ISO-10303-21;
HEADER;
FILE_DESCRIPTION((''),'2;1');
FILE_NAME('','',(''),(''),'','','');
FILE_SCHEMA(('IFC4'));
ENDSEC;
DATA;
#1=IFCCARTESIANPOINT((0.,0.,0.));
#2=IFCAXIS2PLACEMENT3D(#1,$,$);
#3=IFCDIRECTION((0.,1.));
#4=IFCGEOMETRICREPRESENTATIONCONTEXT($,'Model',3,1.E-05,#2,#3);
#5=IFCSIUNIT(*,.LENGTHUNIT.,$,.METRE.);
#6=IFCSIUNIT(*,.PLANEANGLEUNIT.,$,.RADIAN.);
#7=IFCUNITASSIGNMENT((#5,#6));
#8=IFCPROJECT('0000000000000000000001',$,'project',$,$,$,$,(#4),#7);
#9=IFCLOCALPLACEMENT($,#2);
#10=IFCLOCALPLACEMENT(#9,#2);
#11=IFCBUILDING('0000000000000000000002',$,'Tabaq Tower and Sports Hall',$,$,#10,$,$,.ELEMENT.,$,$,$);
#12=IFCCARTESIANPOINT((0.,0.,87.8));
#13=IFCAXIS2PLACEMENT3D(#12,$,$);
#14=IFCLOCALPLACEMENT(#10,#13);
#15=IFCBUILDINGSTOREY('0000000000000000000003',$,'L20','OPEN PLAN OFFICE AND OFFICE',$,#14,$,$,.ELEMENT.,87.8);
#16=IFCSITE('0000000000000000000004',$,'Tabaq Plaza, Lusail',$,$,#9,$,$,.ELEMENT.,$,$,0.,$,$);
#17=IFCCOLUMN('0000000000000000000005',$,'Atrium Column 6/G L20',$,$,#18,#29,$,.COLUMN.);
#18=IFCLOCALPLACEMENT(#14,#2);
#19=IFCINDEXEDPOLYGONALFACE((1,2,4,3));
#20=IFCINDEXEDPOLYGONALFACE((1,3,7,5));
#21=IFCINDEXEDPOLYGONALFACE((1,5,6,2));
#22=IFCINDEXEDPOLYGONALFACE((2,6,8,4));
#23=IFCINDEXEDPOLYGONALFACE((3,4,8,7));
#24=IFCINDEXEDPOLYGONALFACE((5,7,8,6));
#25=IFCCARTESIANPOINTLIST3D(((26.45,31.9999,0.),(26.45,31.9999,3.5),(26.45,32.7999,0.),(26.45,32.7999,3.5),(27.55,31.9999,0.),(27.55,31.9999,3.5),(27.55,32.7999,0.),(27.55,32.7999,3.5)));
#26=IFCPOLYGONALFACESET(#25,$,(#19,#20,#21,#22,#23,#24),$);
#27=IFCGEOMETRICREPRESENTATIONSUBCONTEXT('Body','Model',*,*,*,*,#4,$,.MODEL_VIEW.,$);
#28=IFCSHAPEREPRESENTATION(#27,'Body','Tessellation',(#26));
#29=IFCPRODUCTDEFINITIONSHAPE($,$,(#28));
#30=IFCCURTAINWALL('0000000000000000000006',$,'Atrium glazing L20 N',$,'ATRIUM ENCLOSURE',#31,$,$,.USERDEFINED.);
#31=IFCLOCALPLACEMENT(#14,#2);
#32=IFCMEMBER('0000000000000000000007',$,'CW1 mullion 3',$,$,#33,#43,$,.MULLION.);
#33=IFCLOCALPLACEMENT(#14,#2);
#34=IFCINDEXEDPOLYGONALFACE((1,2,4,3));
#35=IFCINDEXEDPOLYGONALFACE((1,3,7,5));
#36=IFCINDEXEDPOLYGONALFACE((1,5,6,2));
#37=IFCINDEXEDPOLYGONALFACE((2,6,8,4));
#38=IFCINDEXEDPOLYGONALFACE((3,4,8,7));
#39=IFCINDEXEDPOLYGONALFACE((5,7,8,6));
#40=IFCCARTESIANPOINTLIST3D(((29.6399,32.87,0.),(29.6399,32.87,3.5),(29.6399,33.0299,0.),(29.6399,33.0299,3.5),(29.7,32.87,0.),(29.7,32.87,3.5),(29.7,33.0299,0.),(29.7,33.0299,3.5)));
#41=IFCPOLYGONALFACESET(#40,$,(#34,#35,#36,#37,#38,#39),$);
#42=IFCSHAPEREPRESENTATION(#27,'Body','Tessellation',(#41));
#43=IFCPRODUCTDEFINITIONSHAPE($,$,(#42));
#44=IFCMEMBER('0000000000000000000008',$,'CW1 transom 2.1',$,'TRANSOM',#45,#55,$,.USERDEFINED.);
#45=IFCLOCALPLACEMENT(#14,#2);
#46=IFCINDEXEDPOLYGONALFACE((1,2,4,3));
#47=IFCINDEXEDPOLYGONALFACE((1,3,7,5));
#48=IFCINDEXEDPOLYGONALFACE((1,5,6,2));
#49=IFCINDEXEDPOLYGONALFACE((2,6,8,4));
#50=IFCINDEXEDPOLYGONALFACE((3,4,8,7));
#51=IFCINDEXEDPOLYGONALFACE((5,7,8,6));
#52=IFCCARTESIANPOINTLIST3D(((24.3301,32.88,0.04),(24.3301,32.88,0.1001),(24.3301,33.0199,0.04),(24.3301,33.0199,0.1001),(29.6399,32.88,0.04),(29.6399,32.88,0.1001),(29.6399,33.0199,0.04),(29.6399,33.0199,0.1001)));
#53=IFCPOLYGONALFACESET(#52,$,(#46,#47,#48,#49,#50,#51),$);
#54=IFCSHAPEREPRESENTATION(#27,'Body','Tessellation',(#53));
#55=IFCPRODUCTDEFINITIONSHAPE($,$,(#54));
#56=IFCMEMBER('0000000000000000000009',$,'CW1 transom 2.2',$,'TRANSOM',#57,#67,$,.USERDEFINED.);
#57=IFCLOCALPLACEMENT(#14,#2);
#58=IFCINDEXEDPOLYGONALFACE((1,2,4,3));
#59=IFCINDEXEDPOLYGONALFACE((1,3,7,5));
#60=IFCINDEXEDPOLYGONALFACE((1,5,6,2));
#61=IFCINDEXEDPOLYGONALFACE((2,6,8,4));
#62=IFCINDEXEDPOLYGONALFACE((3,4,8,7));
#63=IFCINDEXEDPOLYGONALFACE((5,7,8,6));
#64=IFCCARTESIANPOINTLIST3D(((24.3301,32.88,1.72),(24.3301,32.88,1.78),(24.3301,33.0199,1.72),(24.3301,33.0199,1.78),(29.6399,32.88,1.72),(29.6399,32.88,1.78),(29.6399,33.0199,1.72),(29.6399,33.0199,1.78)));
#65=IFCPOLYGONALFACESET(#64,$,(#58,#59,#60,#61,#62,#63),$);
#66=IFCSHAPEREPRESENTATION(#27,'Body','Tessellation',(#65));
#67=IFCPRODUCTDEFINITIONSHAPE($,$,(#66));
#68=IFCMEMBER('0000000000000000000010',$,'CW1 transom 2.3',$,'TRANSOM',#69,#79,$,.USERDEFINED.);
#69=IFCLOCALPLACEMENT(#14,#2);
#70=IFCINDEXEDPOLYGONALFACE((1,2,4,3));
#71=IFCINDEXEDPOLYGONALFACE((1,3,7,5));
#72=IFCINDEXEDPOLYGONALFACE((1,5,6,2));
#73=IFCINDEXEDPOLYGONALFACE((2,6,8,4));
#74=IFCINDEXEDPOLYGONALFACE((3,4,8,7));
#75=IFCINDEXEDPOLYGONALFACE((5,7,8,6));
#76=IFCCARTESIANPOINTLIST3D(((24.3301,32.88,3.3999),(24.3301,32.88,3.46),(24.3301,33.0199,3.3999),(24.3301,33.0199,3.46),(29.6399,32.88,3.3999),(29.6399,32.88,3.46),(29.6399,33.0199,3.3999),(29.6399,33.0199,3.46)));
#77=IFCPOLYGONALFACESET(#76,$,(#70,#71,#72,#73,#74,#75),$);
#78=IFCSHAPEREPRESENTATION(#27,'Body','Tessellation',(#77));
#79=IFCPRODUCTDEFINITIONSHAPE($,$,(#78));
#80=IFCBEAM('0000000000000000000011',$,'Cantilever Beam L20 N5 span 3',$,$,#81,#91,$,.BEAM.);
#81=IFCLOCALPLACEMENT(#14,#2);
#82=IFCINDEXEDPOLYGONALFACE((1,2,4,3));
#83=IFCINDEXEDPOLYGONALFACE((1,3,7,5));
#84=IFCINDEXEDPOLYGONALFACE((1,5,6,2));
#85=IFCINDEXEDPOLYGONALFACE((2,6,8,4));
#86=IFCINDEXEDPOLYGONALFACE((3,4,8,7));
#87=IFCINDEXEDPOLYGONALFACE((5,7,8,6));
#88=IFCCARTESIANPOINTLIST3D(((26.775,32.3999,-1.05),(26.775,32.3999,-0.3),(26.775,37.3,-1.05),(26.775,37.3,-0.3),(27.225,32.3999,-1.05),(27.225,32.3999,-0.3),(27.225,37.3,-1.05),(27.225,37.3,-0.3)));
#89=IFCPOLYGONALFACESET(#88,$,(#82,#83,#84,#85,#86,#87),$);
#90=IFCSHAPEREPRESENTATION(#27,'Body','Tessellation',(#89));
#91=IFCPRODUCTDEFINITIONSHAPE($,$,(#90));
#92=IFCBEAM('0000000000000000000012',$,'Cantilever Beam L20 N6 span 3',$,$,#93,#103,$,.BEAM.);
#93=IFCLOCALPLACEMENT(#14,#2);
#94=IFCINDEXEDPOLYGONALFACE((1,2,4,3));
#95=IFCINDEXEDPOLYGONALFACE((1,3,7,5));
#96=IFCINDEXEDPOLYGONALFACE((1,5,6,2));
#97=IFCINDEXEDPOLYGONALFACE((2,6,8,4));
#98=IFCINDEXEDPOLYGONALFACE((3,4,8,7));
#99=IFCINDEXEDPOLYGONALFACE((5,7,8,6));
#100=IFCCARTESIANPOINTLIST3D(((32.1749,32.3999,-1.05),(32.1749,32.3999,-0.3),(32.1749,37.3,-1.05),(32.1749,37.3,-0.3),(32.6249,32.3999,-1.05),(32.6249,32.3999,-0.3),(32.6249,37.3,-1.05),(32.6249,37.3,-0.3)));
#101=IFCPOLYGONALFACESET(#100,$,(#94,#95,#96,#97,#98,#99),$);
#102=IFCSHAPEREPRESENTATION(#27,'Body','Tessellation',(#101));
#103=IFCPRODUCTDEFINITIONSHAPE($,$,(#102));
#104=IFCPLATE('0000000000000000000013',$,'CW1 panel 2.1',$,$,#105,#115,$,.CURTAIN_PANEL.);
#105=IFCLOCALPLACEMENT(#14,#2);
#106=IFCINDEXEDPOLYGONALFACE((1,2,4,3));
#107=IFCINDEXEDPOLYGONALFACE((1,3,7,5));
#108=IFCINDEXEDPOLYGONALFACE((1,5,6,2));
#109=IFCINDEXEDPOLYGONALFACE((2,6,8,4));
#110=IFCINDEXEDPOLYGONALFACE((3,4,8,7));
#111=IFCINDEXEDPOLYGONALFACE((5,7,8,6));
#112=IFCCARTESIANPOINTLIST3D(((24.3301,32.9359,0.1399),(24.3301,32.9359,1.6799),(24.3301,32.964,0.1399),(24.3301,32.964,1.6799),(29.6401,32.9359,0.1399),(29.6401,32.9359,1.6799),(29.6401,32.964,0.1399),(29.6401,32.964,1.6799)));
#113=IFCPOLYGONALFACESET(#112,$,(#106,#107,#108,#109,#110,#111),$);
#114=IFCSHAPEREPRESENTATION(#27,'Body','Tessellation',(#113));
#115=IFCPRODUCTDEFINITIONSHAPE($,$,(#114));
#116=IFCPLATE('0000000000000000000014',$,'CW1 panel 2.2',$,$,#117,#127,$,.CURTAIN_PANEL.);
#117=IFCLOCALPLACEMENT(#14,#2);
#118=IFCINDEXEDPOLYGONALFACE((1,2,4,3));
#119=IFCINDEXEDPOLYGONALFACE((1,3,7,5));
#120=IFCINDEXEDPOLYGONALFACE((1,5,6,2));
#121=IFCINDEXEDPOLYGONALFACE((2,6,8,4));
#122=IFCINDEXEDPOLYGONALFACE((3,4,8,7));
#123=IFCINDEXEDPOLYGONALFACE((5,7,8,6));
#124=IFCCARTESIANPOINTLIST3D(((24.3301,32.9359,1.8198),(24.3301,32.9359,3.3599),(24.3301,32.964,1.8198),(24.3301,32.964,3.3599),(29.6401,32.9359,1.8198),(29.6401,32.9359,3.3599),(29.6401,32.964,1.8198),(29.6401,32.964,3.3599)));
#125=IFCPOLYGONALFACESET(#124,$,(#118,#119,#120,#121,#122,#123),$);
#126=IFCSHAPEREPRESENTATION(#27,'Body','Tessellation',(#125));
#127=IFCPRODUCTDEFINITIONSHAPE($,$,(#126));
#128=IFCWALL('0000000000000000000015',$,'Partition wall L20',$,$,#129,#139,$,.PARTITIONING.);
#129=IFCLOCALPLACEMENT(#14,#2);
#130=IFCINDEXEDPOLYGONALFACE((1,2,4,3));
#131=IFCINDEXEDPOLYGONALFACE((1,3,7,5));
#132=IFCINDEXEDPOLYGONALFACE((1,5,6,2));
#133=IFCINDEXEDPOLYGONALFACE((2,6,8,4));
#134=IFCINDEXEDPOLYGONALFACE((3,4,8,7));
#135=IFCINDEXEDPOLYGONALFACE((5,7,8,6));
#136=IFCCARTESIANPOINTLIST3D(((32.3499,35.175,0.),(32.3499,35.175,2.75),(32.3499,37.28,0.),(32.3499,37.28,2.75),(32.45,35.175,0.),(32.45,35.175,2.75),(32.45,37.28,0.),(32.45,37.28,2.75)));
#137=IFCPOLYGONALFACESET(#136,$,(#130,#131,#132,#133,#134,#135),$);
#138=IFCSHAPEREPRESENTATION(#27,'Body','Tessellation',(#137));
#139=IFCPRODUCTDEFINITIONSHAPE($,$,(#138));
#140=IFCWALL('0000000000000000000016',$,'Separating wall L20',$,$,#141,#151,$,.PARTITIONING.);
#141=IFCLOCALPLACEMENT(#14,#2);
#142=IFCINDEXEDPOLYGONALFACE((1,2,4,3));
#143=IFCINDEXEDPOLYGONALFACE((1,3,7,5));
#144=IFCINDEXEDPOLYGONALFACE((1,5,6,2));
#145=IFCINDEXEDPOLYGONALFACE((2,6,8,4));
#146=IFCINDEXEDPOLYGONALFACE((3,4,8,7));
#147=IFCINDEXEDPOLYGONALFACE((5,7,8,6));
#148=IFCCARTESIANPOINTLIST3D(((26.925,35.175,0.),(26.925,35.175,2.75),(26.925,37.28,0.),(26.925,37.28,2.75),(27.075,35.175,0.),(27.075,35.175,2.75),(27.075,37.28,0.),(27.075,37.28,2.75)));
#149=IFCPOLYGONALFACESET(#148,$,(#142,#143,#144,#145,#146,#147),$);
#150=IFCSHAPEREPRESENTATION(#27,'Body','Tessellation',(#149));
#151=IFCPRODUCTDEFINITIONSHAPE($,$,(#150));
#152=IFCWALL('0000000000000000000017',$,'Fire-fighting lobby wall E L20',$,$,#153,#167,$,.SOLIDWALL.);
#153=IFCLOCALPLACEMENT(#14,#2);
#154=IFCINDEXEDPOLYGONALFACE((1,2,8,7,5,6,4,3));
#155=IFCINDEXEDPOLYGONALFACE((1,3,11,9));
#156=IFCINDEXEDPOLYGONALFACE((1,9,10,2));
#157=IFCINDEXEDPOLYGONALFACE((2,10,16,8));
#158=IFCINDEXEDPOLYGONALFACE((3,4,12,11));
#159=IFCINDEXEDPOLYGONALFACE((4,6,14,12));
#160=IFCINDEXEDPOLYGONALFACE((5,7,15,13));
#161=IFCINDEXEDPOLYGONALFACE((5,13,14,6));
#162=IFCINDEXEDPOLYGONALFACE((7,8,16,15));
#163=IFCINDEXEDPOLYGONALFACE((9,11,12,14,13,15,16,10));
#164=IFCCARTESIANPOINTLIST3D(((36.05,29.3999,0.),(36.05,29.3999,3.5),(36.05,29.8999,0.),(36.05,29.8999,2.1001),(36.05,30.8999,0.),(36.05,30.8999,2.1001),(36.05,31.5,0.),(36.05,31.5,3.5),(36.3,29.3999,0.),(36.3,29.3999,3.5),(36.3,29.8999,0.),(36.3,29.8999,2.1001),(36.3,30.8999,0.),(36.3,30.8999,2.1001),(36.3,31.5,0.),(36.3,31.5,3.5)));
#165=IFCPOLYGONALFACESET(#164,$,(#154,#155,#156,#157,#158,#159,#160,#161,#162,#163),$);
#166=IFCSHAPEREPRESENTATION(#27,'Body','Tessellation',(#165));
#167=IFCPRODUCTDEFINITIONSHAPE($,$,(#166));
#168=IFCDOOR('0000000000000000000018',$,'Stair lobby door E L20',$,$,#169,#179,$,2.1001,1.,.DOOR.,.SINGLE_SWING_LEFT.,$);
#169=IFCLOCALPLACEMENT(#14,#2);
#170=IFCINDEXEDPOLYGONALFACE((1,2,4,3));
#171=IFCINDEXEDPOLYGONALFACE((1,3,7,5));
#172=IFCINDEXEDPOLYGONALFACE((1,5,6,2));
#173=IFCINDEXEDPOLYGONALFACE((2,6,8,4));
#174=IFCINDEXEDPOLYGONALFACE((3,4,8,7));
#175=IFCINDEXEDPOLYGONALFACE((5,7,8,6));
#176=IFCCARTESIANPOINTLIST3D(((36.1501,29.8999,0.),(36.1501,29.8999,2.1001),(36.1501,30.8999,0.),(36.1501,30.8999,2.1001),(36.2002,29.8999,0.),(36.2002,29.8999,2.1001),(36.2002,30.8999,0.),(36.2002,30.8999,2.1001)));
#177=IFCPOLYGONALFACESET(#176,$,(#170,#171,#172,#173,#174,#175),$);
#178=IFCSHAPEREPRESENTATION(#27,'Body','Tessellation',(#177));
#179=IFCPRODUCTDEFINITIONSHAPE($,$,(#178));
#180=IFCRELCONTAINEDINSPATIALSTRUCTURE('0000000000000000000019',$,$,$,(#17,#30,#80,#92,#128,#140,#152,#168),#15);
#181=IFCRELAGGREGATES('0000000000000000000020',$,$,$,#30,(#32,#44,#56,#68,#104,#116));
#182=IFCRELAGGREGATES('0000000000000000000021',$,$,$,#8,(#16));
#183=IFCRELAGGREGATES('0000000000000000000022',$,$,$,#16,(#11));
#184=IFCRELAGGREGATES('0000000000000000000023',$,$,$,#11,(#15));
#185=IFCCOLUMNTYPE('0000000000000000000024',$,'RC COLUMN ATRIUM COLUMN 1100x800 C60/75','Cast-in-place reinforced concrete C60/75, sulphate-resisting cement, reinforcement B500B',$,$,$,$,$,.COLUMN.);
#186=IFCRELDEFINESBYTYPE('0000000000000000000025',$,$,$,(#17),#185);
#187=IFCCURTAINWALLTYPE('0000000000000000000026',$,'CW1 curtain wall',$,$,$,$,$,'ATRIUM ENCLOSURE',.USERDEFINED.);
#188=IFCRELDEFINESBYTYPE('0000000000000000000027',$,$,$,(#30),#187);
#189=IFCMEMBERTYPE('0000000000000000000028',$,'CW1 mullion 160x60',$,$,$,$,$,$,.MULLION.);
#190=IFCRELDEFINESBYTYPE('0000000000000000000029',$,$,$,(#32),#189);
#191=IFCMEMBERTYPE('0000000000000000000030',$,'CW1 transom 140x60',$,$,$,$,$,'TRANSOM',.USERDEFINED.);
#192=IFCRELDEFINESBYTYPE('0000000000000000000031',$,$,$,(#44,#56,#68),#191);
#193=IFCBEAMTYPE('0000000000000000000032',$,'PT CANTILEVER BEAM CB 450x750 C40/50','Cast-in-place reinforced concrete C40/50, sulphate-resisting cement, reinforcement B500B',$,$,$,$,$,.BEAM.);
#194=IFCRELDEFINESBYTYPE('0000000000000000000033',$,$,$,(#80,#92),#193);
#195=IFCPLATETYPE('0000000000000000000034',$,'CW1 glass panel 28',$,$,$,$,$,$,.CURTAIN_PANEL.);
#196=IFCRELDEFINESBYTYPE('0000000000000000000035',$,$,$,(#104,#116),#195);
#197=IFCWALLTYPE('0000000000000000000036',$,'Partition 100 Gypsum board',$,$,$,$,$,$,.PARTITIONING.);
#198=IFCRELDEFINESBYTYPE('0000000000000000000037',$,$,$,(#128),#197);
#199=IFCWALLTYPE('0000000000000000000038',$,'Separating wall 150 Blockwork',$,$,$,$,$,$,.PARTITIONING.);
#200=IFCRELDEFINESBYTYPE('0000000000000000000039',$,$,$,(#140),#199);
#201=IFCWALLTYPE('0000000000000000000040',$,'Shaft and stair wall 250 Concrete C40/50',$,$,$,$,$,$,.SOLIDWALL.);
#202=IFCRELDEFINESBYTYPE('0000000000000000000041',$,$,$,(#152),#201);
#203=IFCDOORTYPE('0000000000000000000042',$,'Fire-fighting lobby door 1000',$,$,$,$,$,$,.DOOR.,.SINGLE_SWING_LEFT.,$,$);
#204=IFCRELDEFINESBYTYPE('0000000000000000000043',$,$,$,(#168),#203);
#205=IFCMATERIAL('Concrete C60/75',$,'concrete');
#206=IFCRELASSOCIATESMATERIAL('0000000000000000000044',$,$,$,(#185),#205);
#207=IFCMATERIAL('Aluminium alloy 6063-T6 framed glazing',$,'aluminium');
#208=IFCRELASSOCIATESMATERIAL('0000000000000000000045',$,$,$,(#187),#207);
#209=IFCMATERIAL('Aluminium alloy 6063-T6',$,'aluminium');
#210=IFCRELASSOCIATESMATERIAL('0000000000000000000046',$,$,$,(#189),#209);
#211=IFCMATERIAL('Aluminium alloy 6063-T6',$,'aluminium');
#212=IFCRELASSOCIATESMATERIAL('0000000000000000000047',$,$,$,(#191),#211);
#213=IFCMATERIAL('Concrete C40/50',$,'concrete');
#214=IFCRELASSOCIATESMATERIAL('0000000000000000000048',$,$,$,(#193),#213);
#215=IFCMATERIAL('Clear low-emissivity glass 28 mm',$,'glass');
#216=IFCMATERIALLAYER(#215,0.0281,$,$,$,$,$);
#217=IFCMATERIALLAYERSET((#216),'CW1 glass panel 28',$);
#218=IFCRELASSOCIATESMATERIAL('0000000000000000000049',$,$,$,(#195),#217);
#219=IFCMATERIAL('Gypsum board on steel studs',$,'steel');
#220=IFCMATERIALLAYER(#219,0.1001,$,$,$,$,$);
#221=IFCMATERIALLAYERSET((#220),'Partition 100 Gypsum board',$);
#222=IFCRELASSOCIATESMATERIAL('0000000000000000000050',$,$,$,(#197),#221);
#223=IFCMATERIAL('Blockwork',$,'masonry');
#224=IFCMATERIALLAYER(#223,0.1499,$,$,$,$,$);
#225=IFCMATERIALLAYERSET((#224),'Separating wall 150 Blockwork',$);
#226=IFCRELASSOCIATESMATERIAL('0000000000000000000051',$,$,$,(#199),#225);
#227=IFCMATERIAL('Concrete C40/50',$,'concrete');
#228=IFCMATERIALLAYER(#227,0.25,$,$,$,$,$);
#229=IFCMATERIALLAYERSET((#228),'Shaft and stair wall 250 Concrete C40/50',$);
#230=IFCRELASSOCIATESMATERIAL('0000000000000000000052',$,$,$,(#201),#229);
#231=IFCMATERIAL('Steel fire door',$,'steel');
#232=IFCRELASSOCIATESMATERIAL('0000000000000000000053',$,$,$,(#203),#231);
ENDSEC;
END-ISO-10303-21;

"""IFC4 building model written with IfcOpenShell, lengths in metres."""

from ifc_helpers import new_model, si_unit, direction, frame, frame_2d, origin, origin_2d, place, context, subcontext, project, spatial, rectangle, extrude, material, layer, layer_set, material_profile, profile_set, type_object, element, fill, aggregate, save


model = new_model("IFC4")

# Units and contexts
model_context = context("Model", 3, precision=1e-05, world=origin(), true_north=direction((0.0, 1.0)))
body_context = subcontext(model_context, "Body", "Model", "MODEL_VIEW")
ifc_project = project(units=[si_unit("LENGTHUNIT", "METRE"), si_unit("PLANEANGLEUNIT", "RADIAN")], contexts=[model_context])

# Site, building, storey
site_placement = place(None, origin())
site = spatial("IfcSite", under=ifc_project, at=site_placement, Name="Tabaq Plaza, Lusail", CompositionType="ELEMENT", RefElevation=0.0)
building_placement = place(site_placement, origin())
building = spatial("IfcBuilding", under=site, at=building_placement, Name="Tabaq Tower and Sports Hall", CompositionType="ELEMENT")
storey_placement = place(building_placement, frame((0.0, 0.0, 87.8)))
storey = spatial("IfcBuildingStorey", under=building, at=storey_placement, Name="L20", Description="OPEN PLAN OFFICE AND OFFICE", CompositionType="ELEMENT", Elevation=87.8)

# Column
ifc_material_1 = material(Name="Concrete C60/75", Category="concrete")
ifc_material_profile_1 = material_profile(ifc_material_1, rectangle(XDim=1.1001, YDim=0.8, at=origin_2d()), Name="ATRIUM COLUMN 1100x800")
ifc_profile_set_1 = profile_set([ifc_material_profile_1], Name="Concrete C60/75")
column_type = type_object("IfcColumnType", Name="RC COLUMN ATRIUM COLUMN 1100x800 C60/75", Description="Cast-in-place reinforced concrete C60/75, sulphate-resisting cement, reinforcement B500B", PredefinedType="COLUMN", material=ifc_profile_set_1)
column_placement = place(storey_placement, frame((27.0, 32.3999, 0.0), z_axis=(0.0, 0.0, 1.0), x_axis=(1.0, 0.0, 0.0)))
element("IfcColumn", 1, at=column_placement, inside=storey, type_object=column_type, Name="Atrium Column 6/G L20", PredefinedType="COLUMN", context=body_context, shape_type="SweptSolid", body=[
    extrude(rectangle(XDim=1.1001, YDim=0.8, at=origin_2d()), origin(), (0.0, 0.0, 1.0), 3.5),
])

# Curtain wall, members
ifc_material_2 = material(Name="Aluminium alloy 6063-T6 framed glazing", Category="aluminium")
curtain_wall_type = type_object("IfcCurtainWallType", Name="CW1 curtain wall", ElementType="ATRIUM ENCLOSURE", PredefinedType="USERDEFINED", material=ifc_material_2)
curtain_wall_placement = place(storey_placement, origin())
curtain_wall = element("IfcCurtainWall", 2, at=curtain_wall_placement, inside=storey, type_object=curtain_wall_type, Name="Atrium glazing L20 N", ObjectType="ATRIUM ENCLOSURE", PredefinedType="USERDEFINED")
ifc_material_3 = material(Name="Aluminium alloy 6063-T6", Category="aluminium")
ifc_material_profile_2 = material_profile(ifc_material_3, rectangle(XDim=0.1599, YDim=0.0601, at=origin_2d()), Name="MULLION 160x60")
ifc_profile_set_2 = profile_set([ifc_material_profile_2], Name="Aluminium alloy 6063-T6")
member_type_1 = type_object("IfcMemberType", Name="CW1 mullion 160x60", PredefinedType="MULLION", material=ifc_profile_set_2)
member_1_placement = place(storey_placement, frame((29.6699, 32.95, 0.0), z_axis=(0.0, 0.0, 1.0), x_axis=(0.0, 1.0, 0.0)))
member_1 = element("IfcMember", 3, at=member_1_placement, type_object=member_type_1, Name="CW1 mullion 3", PredefinedType="MULLION", context=body_context, shape_type="SweptSolid", body=[
    extrude(rectangle(XDim=0.1599, YDim=0.0601, at=origin_2d()), origin(), (0.0, 0.0, 1.0), 3.5),
])
ifc_material_4 = material(Name="Aluminium alloy 6063-T6", Category="aluminium")
ifc_material_profile_3 = material_profile(ifc_material_4, rectangle(XDim=0.1399, YDim=0.0601, at=origin_2d()), Name="TRANSOM 140x60")
ifc_profile_set_3 = profile_set([ifc_material_profile_3], Name="Aluminium alloy 6063-T6")
member_type_2 = type_object("IfcMemberType", Name="CW1 transom 140x60", ElementType="TRANSOM", PredefinedType="USERDEFINED", material=ifc_profile_set_3)
member_2_placement = place(storey_placement, frame((24.3301, 32.95, 0.0701), z_axis=(1.0, 0.0, 0.0), x_axis=(0.0, 1.0, 0.0)))
member_2 = element("IfcMember", 4, at=member_2_placement, type_object=member_type_2, Name="CW1 transom 2.1", ObjectType="TRANSOM", PredefinedType="USERDEFINED", context=body_context, shape_type="SweptSolid", body=[
    extrude(rectangle(XDim=0.1399, YDim=0.0601, at=origin_2d()), origin(), (0.0, 0.0, 1.0), 5.3098),
])
member_3_placement = place(storey_placement, frame((24.3301, 32.95, 1.75), z_axis=(1.0, 0.0, 0.0), x_axis=(0.0, 1.0, 0.0)))
member_3 = element("IfcMember", 5, at=member_3_placement, type_object=member_type_2, Name="CW1 transom 2.2", ObjectType="TRANSOM", PredefinedType="USERDEFINED", context=body_context, shape_type="SweptSolid", body=[
    extrude(rectangle(XDim=0.1399, YDim=0.0601, at=origin_2d()), origin(), (0.0, 0.0, 1.0), 5.3098),
])
member_4_placement = place(storey_placement, frame((24.3301, 32.95, 3.4299), z_axis=(1.0, 0.0, 0.0), x_axis=(0.0, 1.0, 0.0)))
member_4 = element("IfcMember", 6, at=member_4_placement, type_object=member_type_2, Name="CW1 transom 2.3", ObjectType="TRANSOM", PredefinedType="USERDEFINED", context=body_context, shape_type="SweptSolid", body=[
    extrude(rectangle(XDim=0.1399, YDim=0.0601, at=origin_2d()), origin(), (0.0, 0.0, 1.0), 5.3098),
])

# Beams
ifc_material_5 = material(Name="Concrete C40/50", Category="concrete")
ifc_material_profile_4 = material_profile(ifc_material_5, rectangle(XDim=0.45, YDim=0.75, at=origin_2d()), Name="CB 450x750")
ifc_profile_set_4 = profile_set([ifc_material_profile_4], Name="Concrete C40/50")
beam_type = type_object("IfcBeamType", Name="PT CANTILEVER BEAM CB 450x750 C40/50", Description="Cast-in-place reinforced concrete C40/50, sulphate-resisting cement, reinforcement B500B", PredefinedType="BEAM", material=ifc_profile_set_4)
for number, where, z_axis, x_axis, name in (
    (7, (27.0, 37.3, -0.675), (0.0, -1.0, 0.0), (1.0, 0.0, 0.0), "Cantilever Beam L20 N5 span 3"),
    (8, (32.3999, 37.3, -0.675), (0.0, -1.0, 0.0), (1.0, 0.0, 0.0), "Cantilever Beam L20 N6 span 3"),
):
    element("IfcBeam", number, at=place(storey_placement, frame(where, z_axis=z_axis, x_axis=x_axis)), inside=storey, type_object=beam_type, Name=name, PredefinedType="BEAM", context=body_context, shape_type="SweptSolid", body=[
        extrude(rectangle(XDim=0.45, YDim=0.75, at=origin_2d()), origin(), (0.0, 0.0, 1.0), 4.9001),
    ])

# Plates
ifc_material_6 = material(Name="Clear low-emissivity glass 28 mm", Category="glass")
ifc_layer_1 = layer(ifc_material_6, 0.0281)
ifc_layer_set_1 = layer_set([ifc_layer_1], Name="CW1 glass panel 28")
plate_type = type_object("IfcPlateType", Name="CW1 glass panel 28", PredefinedType="CURTAIN_PANEL", material=ifc_layer_set_1)
plate_1_placement = place(storey_placement, frame((26.9851, 32.95, 0.1399), z_axis=(0.0, 0.0, 1.0), x_axis=(1.0, 0.0, 0.0)))
plate_1 = element("IfcPlate", 9, at=plate_1_placement, type_object=plate_type, Name="CW1 panel 2.1", PredefinedType="CURTAIN_PANEL", context=body_context, shape_type="SweptSolid", body=[
    extrude(rectangle(XDim=5.3101, YDim=0.0281, at=origin_2d()), origin(), (0.0, 0.0, 1.0), 1.54),
])
plate_2_placement = place(storey_placement, frame((26.9851, 32.95, 1.8198), z_axis=(0.0, 0.0, 1.0), x_axis=(1.0, 0.0, 0.0)))
plate_2 = element("IfcPlate", 10, at=plate_2_placement, type_object=plate_type, Name="CW1 panel 2.2", PredefinedType="CURTAIN_PANEL", context=body_context, shape_type="SweptSolid", body=[
    extrude(rectangle(XDim=5.3101, YDim=0.0281, at=origin_2d()), origin(), (0.0, 0.0, 1.0), 1.54),
])
aggregate(curtain_wall, [member_1, member_2, member_3, member_4, plate_1, plate_2])

# Walls
ifc_material_7 = material(Name="Gypsum board on steel studs", Category="steel")
ifc_layer_2 = layer(ifc_material_7, 0.1001)
ifc_layer_set_2 = layer_set([ifc_layer_2], Name="Partition 100 Gypsum board")
wall_type_1 = type_object("IfcWallType", Name="Partition 100 Gypsum board", PredefinedType="PARTITIONING", material=ifc_layer_set_2)
wall_1_placement = place(storey_placement, frame((32.3999, 35.175, 0.0), z_axis=(0.0, 0.0, 1.0), x_axis=(0.0, 1.0, 0.0)))
element("IfcWall", 11, at=wall_1_placement, inside=storey, type_object=wall_type_1, Name="Partition wall L20", PredefinedType="PARTITIONING", context=body_context, shape_type="SweptSolid", body=[
    extrude(rectangle(XDim=2.105, YDim=0.1001, at=frame_2d((1.0525, 0.0))), origin(), (0.0, 0.0, 1.0), 2.75),
])
ifc_material_8 = material(Name="Blockwork", Category="masonry")
ifc_layer_3 = layer(ifc_material_8, 0.1499)
ifc_layer_set_3 = layer_set([ifc_layer_3], Name="Separating wall 150 Blockwork")
wall_type_2 = type_object("IfcWallType", Name="Separating wall 150 Blockwork", PredefinedType="PARTITIONING", material=ifc_layer_set_3)
wall_2_placement = place(storey_placement, frame((27.0, 35.175, 0.0), z_axis=(0.0, 0.0, 1.0), x_axis=(0.0, 1.0, 0.0)))
element("IfcWall", 12, at=wall_2_placement, inside=storey, type_object=wall_type_2, Name="Separating wall L20", PredefinedType="PARTITIONING", context=body_context, shape_type="SweptSolid", body=[
    extrude(rectangle(XDim=2.105, YDim=0.1499, at=frame_2d((1.0525, 0.0))), origin(), (0.0, 0.0, 1.0), 2.75),
])

# Wall, opening, door
ifc_material_9 = material(Name="Concrete C40/50", Category="concrete")
ifc_layer_4 = layer(ifc_material_9, 0.25)
ifc_layer_set_4 = layer_set([ifc_layer_4], Name="Shaft and stair wall 250 Concrete C40/50")
wall_type_3 = type_object("IfcWallType", Name="Shaft and stair wall 250 Concrete C40/50", PredefinedType="SOLIDWALL", material=ifc_layer_set_4)
wall_3_placement = place(storey_placement, frame((36.175, 29.3999, 0.0), z_axis=(0.0, 0.0, 1.0), x_axis=(0.0, 1.0, 0.0)))
wall_3 = element("IfcWall", 13, at=wall_3_placement, inside=storey, type_object=wall_type_3, Name="Fire-fighting lobby wall E L20", PredefinedType="SOLIDWALL", context=body_context, shape_type="SweptSolid", body=[
    extrude(rectangle(XDim=2.1001, YDim=0.25, at=frame_2d((1.05, 0.0))), origin(), (0.0, 0.0, 1.0), 3.5),
])
opening_1_placement = place(wall_3_placement, frame((0.5, 0.0, 0.0)))
opening_1 = element("IfcOpeningElement", 14, at=opening_1_placement, cuts=wall_3, PredefinedType="OPENING", context=body_context, shape_type="SweptSolid", body=[
    extrude(rectangle(XDim=1.0, YDim=2.1001, at=frame_2d((0.5, 1.05))), frame((0.0, 0.125, 0.0), z_axis=(0.0, -1.0, 0.0), x_axis=(1.0, 0.0, 0.0)), (0.0, 0.0, 1.0), 0.25),
])
ifc_material_10 = material(Name="Steel fire door", Category="steel")
door_type_1 = type_object("IfcDoorType", Name="Fire-fighting lobby door 1000", OperationType="SINGLE_SWING_LEFT", PredefinedType="DOOR", material=ifc_material_10)
door_1_placement = place(opening_1_placement, origin())
door_1 = element("IfcDoor", 15, at=door_1_placement, inside=storey, type_object=door_type_1, Name="Stair lobby door E L20", OperationType="SINGLE_SWING_LEFT", OverallHeight=2.1001, OverallWidth=1.0, PredefinedType="DOOR", context=body_context, shape_type="SweptSolid", body=[
    extrude(rectangle(XDim=1.0, YDim=2.1001, at=frame_2d((0.5, 1.05))), frame((0.0, 0.0249, 0.0), z_axis=(0.0, -1.0, 0.0), x_axis=(1.0, 0.0, 0.0)), (0.0, 0.0, 1.0), 0.05),
])
fill(opening_1, door_1)

save(model, "model.ifc")
